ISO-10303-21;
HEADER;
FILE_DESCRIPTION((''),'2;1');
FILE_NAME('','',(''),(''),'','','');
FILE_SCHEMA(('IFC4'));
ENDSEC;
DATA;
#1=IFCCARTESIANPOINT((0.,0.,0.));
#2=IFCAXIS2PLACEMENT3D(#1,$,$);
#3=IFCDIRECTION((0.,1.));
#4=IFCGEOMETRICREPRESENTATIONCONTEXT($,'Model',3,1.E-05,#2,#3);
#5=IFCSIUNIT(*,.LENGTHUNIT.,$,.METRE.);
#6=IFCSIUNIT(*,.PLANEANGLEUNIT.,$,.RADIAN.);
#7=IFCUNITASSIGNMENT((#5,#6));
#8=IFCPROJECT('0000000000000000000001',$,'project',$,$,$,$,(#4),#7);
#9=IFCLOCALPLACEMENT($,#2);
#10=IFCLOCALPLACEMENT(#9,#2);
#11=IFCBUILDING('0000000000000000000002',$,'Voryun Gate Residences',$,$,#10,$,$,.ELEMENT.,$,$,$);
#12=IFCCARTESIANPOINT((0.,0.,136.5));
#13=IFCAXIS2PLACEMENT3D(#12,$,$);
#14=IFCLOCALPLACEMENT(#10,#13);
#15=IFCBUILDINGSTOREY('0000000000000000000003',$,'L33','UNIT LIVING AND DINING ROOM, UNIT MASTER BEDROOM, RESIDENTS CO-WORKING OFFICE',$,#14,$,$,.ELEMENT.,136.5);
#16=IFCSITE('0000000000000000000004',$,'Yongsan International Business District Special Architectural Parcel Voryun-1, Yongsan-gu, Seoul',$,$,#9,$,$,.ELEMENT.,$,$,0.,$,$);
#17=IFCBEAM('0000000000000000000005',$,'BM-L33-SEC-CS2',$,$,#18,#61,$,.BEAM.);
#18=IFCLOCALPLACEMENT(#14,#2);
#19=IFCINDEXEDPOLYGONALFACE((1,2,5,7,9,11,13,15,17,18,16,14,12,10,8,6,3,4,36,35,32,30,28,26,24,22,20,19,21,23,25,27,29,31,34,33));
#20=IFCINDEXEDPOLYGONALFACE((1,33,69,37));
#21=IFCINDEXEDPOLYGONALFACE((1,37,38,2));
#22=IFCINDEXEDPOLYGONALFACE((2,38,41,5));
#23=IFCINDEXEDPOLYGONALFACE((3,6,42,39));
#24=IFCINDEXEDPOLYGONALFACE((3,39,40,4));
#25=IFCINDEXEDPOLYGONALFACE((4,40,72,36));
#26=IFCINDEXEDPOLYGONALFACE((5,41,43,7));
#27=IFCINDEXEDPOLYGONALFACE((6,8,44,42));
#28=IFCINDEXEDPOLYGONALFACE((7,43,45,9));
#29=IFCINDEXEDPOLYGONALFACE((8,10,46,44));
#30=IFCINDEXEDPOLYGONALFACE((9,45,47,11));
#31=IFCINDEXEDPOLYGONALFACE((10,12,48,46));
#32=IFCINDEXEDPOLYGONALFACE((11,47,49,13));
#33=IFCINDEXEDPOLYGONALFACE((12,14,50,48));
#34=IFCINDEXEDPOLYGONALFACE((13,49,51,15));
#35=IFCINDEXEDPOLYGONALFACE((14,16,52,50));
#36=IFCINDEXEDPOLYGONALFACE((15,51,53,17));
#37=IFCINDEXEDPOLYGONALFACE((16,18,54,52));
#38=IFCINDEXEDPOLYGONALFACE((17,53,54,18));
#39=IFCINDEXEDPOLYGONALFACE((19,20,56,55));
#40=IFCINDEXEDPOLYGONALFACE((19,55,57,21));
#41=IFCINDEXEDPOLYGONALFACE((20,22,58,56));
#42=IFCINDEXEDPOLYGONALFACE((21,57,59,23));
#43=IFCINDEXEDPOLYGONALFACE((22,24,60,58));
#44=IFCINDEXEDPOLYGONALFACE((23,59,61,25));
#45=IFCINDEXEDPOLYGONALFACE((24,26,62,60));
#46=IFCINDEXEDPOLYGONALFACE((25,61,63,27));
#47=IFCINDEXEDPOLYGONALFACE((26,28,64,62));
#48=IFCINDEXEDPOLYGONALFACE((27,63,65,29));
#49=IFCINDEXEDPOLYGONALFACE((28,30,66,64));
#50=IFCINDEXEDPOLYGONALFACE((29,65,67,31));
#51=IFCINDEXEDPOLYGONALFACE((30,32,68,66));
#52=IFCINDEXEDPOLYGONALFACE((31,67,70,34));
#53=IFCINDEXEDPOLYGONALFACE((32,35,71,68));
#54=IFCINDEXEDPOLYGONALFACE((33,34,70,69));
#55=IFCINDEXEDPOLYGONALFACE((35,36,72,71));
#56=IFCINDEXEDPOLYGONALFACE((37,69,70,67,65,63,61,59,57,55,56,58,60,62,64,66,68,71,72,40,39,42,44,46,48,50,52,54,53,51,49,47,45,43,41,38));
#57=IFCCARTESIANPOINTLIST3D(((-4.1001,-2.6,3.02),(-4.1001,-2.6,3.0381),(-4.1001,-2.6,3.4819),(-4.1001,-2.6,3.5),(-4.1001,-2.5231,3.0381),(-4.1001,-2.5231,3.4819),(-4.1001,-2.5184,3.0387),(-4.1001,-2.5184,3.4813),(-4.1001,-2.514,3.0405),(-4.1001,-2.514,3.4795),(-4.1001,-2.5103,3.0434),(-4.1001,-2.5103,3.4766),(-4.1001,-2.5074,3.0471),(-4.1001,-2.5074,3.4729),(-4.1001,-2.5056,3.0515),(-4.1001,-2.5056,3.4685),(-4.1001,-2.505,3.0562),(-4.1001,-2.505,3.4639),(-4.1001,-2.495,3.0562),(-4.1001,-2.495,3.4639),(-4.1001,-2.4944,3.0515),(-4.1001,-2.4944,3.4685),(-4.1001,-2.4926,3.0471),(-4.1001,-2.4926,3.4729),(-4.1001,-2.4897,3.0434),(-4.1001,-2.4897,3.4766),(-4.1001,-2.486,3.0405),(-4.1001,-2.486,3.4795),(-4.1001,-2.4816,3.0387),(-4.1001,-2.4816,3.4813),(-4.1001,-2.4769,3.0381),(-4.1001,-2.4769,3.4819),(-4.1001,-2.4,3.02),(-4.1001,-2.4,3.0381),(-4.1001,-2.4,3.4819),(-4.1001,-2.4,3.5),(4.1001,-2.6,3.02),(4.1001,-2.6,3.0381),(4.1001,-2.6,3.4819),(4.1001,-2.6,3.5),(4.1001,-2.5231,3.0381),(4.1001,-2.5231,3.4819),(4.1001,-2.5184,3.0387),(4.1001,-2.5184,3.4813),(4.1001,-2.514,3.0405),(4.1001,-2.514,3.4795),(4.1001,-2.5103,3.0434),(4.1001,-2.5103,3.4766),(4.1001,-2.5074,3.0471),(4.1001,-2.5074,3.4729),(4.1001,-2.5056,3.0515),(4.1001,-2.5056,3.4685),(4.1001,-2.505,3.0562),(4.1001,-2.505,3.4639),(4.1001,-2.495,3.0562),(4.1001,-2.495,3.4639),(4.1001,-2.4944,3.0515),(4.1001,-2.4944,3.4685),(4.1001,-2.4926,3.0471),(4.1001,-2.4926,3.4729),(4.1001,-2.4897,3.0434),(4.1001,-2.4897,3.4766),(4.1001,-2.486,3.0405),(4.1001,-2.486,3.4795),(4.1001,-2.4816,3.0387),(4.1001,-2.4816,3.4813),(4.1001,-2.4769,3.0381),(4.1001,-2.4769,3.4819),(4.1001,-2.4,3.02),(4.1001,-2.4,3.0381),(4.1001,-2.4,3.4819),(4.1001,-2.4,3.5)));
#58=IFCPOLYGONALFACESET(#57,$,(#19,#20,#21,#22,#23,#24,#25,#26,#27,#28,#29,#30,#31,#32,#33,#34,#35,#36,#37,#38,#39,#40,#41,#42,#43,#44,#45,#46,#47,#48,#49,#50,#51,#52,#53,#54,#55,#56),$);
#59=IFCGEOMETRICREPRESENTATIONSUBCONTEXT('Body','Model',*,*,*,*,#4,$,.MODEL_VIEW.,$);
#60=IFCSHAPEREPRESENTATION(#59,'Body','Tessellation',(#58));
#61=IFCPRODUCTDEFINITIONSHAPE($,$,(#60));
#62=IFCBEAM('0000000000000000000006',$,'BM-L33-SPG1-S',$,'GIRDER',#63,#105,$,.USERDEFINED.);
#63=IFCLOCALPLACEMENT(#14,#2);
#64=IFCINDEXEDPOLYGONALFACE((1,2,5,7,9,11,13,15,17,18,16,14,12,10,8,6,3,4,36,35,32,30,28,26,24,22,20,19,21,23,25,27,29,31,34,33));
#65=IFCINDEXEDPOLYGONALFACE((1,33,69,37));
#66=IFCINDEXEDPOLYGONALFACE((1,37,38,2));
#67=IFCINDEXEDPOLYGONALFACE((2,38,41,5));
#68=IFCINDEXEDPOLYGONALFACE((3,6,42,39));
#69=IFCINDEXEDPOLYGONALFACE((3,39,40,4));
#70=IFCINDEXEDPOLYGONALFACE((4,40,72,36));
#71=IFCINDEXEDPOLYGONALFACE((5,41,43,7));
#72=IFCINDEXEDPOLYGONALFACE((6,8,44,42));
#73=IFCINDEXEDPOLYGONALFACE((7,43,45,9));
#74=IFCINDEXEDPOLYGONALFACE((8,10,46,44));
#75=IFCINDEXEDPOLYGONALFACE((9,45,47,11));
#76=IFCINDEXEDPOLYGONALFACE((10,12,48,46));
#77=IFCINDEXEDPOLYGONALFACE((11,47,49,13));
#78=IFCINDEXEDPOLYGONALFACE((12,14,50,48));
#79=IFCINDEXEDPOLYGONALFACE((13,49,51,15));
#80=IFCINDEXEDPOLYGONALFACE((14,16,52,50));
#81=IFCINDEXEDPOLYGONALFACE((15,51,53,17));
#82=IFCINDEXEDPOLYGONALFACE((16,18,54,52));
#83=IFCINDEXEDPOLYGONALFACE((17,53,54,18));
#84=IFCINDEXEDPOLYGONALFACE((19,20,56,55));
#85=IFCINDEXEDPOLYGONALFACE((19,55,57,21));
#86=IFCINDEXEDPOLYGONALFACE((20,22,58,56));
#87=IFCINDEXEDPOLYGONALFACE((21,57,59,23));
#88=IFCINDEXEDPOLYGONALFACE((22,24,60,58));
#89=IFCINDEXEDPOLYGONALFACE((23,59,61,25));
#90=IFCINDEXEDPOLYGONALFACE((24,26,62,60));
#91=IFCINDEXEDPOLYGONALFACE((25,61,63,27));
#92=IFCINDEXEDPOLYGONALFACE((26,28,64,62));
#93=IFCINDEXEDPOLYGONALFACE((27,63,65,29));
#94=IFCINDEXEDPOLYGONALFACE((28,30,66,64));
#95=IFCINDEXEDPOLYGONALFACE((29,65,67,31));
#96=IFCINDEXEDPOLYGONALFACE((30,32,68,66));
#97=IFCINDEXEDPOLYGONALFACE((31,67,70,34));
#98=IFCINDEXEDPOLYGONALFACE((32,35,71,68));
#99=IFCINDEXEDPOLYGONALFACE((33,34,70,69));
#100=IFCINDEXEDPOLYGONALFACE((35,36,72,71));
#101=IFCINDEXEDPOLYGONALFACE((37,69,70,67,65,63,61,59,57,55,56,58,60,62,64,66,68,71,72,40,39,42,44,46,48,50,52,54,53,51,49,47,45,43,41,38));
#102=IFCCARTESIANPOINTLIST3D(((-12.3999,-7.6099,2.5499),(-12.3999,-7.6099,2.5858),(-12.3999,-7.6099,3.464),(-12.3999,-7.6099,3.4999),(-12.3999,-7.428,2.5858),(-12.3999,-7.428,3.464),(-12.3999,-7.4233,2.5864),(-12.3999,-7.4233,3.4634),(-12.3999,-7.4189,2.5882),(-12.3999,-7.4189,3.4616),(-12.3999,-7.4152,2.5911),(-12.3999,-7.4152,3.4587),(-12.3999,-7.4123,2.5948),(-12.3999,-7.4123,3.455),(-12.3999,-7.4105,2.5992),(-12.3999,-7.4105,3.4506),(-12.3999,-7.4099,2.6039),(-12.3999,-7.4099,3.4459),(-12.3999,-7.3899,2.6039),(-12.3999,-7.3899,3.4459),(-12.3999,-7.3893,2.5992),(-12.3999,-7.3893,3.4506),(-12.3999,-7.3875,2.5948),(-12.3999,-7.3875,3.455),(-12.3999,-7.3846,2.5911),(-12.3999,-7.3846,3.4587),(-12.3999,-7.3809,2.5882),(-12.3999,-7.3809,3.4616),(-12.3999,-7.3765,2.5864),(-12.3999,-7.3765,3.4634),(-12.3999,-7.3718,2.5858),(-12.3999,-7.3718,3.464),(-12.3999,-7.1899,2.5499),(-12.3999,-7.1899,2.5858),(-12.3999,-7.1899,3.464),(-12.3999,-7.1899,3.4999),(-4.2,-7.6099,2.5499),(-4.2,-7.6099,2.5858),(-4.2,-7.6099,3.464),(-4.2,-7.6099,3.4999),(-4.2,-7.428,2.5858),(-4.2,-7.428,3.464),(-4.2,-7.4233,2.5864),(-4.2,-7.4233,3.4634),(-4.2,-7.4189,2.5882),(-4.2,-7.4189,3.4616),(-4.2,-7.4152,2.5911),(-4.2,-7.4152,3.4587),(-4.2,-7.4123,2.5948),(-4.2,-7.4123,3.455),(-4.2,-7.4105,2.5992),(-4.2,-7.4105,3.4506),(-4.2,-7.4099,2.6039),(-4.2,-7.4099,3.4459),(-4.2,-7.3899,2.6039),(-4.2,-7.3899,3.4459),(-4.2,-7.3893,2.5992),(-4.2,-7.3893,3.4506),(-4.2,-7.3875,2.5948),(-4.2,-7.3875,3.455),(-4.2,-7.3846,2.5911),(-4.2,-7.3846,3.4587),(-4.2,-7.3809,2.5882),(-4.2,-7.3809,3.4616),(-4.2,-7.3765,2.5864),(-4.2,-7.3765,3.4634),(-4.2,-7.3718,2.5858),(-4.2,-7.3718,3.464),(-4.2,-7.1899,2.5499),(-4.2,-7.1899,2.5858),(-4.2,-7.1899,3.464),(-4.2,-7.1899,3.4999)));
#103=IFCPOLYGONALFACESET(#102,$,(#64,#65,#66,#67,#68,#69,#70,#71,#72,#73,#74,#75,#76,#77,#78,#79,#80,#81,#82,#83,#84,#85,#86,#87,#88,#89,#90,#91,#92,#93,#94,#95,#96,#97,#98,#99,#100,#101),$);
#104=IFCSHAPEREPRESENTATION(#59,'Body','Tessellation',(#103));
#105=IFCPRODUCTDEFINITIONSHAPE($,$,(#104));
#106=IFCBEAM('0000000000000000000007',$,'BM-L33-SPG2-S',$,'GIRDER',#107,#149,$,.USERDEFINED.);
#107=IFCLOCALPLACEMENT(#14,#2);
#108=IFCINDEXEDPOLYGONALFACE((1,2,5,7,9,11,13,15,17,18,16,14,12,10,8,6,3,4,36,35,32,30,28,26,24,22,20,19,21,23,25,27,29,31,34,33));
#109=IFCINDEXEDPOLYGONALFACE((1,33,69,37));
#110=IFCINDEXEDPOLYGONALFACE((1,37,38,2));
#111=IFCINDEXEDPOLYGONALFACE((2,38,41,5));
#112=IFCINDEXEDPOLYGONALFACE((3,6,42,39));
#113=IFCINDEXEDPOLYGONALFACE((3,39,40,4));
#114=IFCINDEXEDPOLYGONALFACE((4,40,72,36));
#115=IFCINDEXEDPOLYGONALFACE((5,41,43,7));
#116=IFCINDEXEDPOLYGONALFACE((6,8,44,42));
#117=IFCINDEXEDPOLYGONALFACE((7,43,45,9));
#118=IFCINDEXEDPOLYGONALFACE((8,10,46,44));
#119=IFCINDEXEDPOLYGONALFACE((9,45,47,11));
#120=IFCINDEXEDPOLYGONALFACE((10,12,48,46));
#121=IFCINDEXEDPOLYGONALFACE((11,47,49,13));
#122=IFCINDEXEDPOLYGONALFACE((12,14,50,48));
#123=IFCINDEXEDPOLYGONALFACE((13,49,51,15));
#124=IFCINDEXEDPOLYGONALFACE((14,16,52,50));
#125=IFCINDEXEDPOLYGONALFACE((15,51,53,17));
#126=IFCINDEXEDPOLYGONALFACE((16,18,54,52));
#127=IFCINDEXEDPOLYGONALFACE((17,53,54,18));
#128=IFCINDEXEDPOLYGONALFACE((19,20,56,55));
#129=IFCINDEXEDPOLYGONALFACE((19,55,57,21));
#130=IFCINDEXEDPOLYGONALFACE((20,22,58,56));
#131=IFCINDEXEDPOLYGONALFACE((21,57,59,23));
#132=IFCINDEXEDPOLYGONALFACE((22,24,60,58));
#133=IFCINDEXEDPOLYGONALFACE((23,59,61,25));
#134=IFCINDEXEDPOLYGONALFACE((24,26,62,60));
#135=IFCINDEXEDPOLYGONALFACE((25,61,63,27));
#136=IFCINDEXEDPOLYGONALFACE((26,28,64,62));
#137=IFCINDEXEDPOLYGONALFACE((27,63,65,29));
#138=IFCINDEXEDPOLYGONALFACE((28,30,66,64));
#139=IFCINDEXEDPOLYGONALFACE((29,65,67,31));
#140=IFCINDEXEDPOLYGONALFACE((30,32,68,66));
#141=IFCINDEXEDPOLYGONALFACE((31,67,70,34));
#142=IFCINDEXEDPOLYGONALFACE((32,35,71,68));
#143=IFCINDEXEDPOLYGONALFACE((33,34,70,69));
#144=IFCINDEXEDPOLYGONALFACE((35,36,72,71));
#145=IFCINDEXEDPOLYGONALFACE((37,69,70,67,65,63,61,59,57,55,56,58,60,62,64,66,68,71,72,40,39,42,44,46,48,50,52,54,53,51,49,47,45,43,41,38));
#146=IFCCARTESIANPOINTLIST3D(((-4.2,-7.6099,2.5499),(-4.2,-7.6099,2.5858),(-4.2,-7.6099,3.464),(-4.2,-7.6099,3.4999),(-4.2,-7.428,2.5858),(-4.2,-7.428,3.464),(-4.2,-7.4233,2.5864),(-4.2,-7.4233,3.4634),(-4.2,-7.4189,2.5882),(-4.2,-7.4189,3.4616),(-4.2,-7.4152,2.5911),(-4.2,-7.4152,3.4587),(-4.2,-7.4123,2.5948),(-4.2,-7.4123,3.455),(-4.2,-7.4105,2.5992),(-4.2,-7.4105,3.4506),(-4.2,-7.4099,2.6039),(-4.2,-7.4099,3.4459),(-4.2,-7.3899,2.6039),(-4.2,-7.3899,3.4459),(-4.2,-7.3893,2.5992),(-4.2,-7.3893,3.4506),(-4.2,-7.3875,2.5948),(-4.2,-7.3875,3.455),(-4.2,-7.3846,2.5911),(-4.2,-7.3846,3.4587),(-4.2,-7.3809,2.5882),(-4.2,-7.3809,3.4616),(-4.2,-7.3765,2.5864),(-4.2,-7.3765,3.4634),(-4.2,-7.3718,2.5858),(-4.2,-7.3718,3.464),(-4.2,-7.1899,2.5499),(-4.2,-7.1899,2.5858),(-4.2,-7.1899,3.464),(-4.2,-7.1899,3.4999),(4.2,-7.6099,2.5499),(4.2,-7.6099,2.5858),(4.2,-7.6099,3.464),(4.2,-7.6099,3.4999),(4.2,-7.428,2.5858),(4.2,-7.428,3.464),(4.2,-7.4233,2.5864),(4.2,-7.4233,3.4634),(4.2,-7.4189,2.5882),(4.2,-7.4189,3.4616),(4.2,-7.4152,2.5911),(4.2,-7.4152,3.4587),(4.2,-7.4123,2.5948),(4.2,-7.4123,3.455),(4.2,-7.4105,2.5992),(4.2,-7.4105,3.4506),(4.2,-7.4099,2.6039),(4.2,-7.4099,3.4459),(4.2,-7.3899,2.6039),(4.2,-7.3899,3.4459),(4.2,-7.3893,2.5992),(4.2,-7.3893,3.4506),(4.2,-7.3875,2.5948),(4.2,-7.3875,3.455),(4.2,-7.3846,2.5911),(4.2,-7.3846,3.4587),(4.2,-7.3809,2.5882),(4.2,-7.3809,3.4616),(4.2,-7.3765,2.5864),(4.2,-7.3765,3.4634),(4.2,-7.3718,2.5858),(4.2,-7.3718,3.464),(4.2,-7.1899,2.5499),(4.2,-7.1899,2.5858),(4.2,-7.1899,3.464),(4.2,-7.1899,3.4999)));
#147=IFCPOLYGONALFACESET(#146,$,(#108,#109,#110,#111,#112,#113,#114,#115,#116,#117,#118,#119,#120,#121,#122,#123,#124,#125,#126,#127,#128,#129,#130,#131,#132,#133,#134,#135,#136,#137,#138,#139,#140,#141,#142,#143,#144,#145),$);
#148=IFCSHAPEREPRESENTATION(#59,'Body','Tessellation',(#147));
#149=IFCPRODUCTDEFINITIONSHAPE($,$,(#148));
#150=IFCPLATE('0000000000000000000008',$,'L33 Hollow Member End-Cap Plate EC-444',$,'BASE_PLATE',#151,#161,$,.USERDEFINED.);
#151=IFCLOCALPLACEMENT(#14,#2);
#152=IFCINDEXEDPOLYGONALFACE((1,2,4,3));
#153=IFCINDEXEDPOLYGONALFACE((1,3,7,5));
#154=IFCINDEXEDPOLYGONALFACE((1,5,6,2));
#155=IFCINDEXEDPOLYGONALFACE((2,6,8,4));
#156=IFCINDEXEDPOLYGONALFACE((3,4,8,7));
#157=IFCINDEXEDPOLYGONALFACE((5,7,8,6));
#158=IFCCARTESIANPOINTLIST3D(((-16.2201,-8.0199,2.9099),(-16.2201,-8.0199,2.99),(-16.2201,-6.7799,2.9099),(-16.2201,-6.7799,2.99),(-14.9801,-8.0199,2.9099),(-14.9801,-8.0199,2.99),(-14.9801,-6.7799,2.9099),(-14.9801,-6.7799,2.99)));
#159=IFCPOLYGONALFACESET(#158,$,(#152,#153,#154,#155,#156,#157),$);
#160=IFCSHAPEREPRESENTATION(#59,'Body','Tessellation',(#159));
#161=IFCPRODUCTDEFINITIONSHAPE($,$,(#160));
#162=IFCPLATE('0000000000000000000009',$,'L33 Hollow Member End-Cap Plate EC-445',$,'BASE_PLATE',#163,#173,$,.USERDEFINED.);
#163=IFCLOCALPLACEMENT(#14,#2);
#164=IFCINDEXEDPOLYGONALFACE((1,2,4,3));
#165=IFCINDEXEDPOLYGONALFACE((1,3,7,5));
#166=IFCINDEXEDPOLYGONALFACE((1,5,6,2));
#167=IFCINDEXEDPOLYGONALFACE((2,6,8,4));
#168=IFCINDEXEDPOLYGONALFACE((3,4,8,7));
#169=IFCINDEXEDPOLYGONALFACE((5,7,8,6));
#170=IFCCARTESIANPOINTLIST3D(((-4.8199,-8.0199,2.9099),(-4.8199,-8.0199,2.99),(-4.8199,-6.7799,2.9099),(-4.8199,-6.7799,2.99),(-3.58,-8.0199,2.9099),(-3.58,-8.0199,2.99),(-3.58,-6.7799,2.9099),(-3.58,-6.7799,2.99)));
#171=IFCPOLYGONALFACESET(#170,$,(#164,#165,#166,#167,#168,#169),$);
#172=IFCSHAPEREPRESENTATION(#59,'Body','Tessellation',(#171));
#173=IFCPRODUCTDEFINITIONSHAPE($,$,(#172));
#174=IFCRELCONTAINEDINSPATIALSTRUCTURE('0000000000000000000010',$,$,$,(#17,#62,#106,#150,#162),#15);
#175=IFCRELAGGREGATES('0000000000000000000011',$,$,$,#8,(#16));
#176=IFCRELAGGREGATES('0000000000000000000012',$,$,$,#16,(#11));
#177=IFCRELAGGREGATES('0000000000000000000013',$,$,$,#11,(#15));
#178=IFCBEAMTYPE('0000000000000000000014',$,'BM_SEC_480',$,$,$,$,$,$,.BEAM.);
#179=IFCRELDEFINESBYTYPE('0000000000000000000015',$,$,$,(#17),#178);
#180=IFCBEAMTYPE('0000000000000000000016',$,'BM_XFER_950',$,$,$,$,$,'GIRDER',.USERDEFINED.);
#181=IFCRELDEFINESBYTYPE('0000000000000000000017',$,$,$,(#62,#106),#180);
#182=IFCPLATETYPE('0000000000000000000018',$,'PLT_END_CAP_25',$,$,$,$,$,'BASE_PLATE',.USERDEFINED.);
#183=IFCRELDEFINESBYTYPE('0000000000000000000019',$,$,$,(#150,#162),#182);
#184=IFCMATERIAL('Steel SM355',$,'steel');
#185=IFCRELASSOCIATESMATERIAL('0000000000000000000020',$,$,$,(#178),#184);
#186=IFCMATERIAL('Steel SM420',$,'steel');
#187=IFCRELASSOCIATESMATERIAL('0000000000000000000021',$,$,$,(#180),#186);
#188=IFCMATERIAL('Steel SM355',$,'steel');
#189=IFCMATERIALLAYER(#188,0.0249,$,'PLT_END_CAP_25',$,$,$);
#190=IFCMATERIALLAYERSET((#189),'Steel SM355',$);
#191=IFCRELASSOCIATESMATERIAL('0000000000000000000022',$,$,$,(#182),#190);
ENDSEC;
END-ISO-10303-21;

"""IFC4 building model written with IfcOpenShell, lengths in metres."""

from ifc_helpers import new_model, si_unit, direction, frame, origin, origin_2d, place, context, subcontext, project, spatial, rectangle, i_section, extrude, material, layer, layer_set, material_profile, profile_set, type_object, element, save


model = new_model("IFC4")

# Units and contexts
model_context = context("Model", 3, precision=1e-05, world=origin(), true_north=direction((0.0, 1.0)))
body_context = subcontext(model_context, "Body", "Model", "MODEL_VIEW")
ifc_project = project(units=[si_unit("LENGTHUNIT", "METRE"), si_unit("PLANEANGLEUNIT", "RADIAN")], contexts=[model_context])

# Site, building, storey
site_placement = place(None, origin())
site = spatial("IfcSite", under=ifc_project, at=site_placement, Name="Yongsan International Business District Special Architectural Parcel Voryun-1, Yongsan-gu, Seoul", CompositionType="ELEMENT", RefElevation=0.0)
building_placement = place(site_placement, origin())
building = spatial("IfcBuilding", under=site, at=building_placement, Name="Voryun Gate Residences", CompositionType="ELEMENT")
storey_placement = place(building_placement, frame((0.0, 0.0, 136.5)))
storey = spatial("IfcBuildingStorey", under=building, at=storey_placement, Name="L33", Description="UNIT LIVING AND DINING ROOM, UNIT MASTER BEDROOM, RESIDENTS CO-WORKING OFFICE", CompositionType="ELEMENT", Elevation=136.5)

# Beams
ifc_material_1 = material(Name="Steel SM355", Category="steel")
ifc_material_profile_1 = material_profile(ifc_material_1, i_section(OverallWidth=0.2, OverallDepth=0.48, WebThickness=0.01, FlangeThickness=0.0181, FilletRadius=0.0181, at=origin_2d()), Name="H-480x200x10x18")
ifc_profile_set_1 = profile_set([ifc_material_profile_1], Name="Steel SM355")
beam_type_1 = type_object("IfcBeamType", Name="BM_SEC_480", PredefinedType="BEAM", material=ifc_profile_set_1)
beam_1_placement = place(storey_placement, frame((-4.1001, -2.5, 3.26), z_axis=(1.0, 0.0, 0.0), x_axis=(0.0, 1.0, 0.0)))
element("IfcBeam", 1, at=beam_1_placement, inside=storey, type_object=beam_type_1, Name="BM-L33-SEC-CS2", PredefinedType="BEAM", context=body_context, shape_type="SweptSolid", body=[
    extrude(i_section(OverallWidth=0.2, OverallDepth=0.48, WebThickness=0.01, FlangeThickness=0.0181, FilletRadius=0.0181, at=origin_2d()), origin(), (0.0, 0.0, 1.0), 8.2002),
])
ifc_material_2 = material(Name="Steel SM420", Category="steel")
ifc_material_profile_2 = material_profile(ifc_material_2, i_section(OverallWidth=0.4199, OverallDepth=0.95, WebThickness=0.02, FlangeThickness=0.0359, FilletRadius=0.0181, at=origin_2d()), Name="H-950x420x20x36")
ifc_profile_set_2 = profile_set([ifc_material_profile_2], Name="Steel SM420")
beam_type_2 = type_object("IfcBeamType", Name="BM_XFER_950", ElementType="GIRDER", PredefinedType="USERDEFINED", material=ifc_profile_set_2)
beam_2_placement = place(storey_placement, frame((-12.3999, -7.3999, 3.0249), z_axis=(1.0, 0.0, 0.0), x_axis=(0.0, 1.0, 0.0)))
element("IfcBeam", 2, at=beam_2_placement, inside=storey, type_object=beam_type_2, Name="BM-L33-SPG1-S", ObjectType="GIRDER", PredefinedType="USERDEFINED", context=body_context, shape_type="SweptSolid", body=[
    extrude(i_section(OverallWidth=0.4199, OverallDepth=0.95, WebThickness=0.02, FlangeThickness=0.0359, FilletRadius=0.0181, at=origin_2d()), origin(), (0.0, 0.0, 1.0), 8.2),
])
beam_3_placement = place(storey_placement, frame((-4.2, -7.3999, 3.0249), z_axis=(1.0, 0.0, 0.0), x_axis=(0.0, 1.0, 0.0)))
element("IfcBeam", 3, at=beam_3_placement, inside=storey, type_object=beam_type_2, Name="BM-L33-SPG2-S", ObjectType="GIRDER", PredefinedType="USERDEFINED", context=body_context, shape_type="SweptSolid", body=[
    extrude(i_section(OverallWidth=0.4199, OverallDepth=0.95, WebThickness=0.02, FlangeThickness=0.0359, FilletRadius=0.0181, at=origin_2d()), origin(), (0.0, 0.0, 1.0), 8.3999),
])

# Plates
ifc_material_3 = material(Name="Steel SM355", Category="steel")
ifc_layer_1 = layer(ifc_material_3, 0.0249, Name="PLT_END_CAP_25")
ifc_layer_set_1 = layer_set([ifc_layer_1], Name="Steel SM355")
plate_type = type_object("IfcPlateType", Name="PLT_END_CAP_25", ElementType="BASE_PLATE", PredefinedType="USERDEFINED", material=ifc_layer_set_1)
for number, where, z_axis, x_axis, name in (
    (4, (-15.6001, -7.3999, 2.9099), (0.0, 0.0, 1.0), (1.0, 0.0, 0.0), "L33 Hollow Member End-Cap Plate EC-444"),
    (5, (-4.2, -7.3999, 2.9099), (0.0, 0.0, 1.0), (1.0, 0.0, 0.0), "L33 Hollow Member End-Cap Plate EC-445"),
):
    element("IfcPlate", number, at=place(storey_placement, frame(where, z_axis=z_axis, x_axis=x_axis)), inside=storey, type_object=plate_type, Name=name, ObjectType="BASE_PLATE", PredefinedType="USERDEFINED", context=body_context, shape_type="SweptSolid", body=[
        extrude(rectangle(XDim=1.24, YDim=1.24, at=origin_2d()), origin(), (0.0, 0.0, 1.0), 0.0801),
    ])

save(model, "model.ifc")
